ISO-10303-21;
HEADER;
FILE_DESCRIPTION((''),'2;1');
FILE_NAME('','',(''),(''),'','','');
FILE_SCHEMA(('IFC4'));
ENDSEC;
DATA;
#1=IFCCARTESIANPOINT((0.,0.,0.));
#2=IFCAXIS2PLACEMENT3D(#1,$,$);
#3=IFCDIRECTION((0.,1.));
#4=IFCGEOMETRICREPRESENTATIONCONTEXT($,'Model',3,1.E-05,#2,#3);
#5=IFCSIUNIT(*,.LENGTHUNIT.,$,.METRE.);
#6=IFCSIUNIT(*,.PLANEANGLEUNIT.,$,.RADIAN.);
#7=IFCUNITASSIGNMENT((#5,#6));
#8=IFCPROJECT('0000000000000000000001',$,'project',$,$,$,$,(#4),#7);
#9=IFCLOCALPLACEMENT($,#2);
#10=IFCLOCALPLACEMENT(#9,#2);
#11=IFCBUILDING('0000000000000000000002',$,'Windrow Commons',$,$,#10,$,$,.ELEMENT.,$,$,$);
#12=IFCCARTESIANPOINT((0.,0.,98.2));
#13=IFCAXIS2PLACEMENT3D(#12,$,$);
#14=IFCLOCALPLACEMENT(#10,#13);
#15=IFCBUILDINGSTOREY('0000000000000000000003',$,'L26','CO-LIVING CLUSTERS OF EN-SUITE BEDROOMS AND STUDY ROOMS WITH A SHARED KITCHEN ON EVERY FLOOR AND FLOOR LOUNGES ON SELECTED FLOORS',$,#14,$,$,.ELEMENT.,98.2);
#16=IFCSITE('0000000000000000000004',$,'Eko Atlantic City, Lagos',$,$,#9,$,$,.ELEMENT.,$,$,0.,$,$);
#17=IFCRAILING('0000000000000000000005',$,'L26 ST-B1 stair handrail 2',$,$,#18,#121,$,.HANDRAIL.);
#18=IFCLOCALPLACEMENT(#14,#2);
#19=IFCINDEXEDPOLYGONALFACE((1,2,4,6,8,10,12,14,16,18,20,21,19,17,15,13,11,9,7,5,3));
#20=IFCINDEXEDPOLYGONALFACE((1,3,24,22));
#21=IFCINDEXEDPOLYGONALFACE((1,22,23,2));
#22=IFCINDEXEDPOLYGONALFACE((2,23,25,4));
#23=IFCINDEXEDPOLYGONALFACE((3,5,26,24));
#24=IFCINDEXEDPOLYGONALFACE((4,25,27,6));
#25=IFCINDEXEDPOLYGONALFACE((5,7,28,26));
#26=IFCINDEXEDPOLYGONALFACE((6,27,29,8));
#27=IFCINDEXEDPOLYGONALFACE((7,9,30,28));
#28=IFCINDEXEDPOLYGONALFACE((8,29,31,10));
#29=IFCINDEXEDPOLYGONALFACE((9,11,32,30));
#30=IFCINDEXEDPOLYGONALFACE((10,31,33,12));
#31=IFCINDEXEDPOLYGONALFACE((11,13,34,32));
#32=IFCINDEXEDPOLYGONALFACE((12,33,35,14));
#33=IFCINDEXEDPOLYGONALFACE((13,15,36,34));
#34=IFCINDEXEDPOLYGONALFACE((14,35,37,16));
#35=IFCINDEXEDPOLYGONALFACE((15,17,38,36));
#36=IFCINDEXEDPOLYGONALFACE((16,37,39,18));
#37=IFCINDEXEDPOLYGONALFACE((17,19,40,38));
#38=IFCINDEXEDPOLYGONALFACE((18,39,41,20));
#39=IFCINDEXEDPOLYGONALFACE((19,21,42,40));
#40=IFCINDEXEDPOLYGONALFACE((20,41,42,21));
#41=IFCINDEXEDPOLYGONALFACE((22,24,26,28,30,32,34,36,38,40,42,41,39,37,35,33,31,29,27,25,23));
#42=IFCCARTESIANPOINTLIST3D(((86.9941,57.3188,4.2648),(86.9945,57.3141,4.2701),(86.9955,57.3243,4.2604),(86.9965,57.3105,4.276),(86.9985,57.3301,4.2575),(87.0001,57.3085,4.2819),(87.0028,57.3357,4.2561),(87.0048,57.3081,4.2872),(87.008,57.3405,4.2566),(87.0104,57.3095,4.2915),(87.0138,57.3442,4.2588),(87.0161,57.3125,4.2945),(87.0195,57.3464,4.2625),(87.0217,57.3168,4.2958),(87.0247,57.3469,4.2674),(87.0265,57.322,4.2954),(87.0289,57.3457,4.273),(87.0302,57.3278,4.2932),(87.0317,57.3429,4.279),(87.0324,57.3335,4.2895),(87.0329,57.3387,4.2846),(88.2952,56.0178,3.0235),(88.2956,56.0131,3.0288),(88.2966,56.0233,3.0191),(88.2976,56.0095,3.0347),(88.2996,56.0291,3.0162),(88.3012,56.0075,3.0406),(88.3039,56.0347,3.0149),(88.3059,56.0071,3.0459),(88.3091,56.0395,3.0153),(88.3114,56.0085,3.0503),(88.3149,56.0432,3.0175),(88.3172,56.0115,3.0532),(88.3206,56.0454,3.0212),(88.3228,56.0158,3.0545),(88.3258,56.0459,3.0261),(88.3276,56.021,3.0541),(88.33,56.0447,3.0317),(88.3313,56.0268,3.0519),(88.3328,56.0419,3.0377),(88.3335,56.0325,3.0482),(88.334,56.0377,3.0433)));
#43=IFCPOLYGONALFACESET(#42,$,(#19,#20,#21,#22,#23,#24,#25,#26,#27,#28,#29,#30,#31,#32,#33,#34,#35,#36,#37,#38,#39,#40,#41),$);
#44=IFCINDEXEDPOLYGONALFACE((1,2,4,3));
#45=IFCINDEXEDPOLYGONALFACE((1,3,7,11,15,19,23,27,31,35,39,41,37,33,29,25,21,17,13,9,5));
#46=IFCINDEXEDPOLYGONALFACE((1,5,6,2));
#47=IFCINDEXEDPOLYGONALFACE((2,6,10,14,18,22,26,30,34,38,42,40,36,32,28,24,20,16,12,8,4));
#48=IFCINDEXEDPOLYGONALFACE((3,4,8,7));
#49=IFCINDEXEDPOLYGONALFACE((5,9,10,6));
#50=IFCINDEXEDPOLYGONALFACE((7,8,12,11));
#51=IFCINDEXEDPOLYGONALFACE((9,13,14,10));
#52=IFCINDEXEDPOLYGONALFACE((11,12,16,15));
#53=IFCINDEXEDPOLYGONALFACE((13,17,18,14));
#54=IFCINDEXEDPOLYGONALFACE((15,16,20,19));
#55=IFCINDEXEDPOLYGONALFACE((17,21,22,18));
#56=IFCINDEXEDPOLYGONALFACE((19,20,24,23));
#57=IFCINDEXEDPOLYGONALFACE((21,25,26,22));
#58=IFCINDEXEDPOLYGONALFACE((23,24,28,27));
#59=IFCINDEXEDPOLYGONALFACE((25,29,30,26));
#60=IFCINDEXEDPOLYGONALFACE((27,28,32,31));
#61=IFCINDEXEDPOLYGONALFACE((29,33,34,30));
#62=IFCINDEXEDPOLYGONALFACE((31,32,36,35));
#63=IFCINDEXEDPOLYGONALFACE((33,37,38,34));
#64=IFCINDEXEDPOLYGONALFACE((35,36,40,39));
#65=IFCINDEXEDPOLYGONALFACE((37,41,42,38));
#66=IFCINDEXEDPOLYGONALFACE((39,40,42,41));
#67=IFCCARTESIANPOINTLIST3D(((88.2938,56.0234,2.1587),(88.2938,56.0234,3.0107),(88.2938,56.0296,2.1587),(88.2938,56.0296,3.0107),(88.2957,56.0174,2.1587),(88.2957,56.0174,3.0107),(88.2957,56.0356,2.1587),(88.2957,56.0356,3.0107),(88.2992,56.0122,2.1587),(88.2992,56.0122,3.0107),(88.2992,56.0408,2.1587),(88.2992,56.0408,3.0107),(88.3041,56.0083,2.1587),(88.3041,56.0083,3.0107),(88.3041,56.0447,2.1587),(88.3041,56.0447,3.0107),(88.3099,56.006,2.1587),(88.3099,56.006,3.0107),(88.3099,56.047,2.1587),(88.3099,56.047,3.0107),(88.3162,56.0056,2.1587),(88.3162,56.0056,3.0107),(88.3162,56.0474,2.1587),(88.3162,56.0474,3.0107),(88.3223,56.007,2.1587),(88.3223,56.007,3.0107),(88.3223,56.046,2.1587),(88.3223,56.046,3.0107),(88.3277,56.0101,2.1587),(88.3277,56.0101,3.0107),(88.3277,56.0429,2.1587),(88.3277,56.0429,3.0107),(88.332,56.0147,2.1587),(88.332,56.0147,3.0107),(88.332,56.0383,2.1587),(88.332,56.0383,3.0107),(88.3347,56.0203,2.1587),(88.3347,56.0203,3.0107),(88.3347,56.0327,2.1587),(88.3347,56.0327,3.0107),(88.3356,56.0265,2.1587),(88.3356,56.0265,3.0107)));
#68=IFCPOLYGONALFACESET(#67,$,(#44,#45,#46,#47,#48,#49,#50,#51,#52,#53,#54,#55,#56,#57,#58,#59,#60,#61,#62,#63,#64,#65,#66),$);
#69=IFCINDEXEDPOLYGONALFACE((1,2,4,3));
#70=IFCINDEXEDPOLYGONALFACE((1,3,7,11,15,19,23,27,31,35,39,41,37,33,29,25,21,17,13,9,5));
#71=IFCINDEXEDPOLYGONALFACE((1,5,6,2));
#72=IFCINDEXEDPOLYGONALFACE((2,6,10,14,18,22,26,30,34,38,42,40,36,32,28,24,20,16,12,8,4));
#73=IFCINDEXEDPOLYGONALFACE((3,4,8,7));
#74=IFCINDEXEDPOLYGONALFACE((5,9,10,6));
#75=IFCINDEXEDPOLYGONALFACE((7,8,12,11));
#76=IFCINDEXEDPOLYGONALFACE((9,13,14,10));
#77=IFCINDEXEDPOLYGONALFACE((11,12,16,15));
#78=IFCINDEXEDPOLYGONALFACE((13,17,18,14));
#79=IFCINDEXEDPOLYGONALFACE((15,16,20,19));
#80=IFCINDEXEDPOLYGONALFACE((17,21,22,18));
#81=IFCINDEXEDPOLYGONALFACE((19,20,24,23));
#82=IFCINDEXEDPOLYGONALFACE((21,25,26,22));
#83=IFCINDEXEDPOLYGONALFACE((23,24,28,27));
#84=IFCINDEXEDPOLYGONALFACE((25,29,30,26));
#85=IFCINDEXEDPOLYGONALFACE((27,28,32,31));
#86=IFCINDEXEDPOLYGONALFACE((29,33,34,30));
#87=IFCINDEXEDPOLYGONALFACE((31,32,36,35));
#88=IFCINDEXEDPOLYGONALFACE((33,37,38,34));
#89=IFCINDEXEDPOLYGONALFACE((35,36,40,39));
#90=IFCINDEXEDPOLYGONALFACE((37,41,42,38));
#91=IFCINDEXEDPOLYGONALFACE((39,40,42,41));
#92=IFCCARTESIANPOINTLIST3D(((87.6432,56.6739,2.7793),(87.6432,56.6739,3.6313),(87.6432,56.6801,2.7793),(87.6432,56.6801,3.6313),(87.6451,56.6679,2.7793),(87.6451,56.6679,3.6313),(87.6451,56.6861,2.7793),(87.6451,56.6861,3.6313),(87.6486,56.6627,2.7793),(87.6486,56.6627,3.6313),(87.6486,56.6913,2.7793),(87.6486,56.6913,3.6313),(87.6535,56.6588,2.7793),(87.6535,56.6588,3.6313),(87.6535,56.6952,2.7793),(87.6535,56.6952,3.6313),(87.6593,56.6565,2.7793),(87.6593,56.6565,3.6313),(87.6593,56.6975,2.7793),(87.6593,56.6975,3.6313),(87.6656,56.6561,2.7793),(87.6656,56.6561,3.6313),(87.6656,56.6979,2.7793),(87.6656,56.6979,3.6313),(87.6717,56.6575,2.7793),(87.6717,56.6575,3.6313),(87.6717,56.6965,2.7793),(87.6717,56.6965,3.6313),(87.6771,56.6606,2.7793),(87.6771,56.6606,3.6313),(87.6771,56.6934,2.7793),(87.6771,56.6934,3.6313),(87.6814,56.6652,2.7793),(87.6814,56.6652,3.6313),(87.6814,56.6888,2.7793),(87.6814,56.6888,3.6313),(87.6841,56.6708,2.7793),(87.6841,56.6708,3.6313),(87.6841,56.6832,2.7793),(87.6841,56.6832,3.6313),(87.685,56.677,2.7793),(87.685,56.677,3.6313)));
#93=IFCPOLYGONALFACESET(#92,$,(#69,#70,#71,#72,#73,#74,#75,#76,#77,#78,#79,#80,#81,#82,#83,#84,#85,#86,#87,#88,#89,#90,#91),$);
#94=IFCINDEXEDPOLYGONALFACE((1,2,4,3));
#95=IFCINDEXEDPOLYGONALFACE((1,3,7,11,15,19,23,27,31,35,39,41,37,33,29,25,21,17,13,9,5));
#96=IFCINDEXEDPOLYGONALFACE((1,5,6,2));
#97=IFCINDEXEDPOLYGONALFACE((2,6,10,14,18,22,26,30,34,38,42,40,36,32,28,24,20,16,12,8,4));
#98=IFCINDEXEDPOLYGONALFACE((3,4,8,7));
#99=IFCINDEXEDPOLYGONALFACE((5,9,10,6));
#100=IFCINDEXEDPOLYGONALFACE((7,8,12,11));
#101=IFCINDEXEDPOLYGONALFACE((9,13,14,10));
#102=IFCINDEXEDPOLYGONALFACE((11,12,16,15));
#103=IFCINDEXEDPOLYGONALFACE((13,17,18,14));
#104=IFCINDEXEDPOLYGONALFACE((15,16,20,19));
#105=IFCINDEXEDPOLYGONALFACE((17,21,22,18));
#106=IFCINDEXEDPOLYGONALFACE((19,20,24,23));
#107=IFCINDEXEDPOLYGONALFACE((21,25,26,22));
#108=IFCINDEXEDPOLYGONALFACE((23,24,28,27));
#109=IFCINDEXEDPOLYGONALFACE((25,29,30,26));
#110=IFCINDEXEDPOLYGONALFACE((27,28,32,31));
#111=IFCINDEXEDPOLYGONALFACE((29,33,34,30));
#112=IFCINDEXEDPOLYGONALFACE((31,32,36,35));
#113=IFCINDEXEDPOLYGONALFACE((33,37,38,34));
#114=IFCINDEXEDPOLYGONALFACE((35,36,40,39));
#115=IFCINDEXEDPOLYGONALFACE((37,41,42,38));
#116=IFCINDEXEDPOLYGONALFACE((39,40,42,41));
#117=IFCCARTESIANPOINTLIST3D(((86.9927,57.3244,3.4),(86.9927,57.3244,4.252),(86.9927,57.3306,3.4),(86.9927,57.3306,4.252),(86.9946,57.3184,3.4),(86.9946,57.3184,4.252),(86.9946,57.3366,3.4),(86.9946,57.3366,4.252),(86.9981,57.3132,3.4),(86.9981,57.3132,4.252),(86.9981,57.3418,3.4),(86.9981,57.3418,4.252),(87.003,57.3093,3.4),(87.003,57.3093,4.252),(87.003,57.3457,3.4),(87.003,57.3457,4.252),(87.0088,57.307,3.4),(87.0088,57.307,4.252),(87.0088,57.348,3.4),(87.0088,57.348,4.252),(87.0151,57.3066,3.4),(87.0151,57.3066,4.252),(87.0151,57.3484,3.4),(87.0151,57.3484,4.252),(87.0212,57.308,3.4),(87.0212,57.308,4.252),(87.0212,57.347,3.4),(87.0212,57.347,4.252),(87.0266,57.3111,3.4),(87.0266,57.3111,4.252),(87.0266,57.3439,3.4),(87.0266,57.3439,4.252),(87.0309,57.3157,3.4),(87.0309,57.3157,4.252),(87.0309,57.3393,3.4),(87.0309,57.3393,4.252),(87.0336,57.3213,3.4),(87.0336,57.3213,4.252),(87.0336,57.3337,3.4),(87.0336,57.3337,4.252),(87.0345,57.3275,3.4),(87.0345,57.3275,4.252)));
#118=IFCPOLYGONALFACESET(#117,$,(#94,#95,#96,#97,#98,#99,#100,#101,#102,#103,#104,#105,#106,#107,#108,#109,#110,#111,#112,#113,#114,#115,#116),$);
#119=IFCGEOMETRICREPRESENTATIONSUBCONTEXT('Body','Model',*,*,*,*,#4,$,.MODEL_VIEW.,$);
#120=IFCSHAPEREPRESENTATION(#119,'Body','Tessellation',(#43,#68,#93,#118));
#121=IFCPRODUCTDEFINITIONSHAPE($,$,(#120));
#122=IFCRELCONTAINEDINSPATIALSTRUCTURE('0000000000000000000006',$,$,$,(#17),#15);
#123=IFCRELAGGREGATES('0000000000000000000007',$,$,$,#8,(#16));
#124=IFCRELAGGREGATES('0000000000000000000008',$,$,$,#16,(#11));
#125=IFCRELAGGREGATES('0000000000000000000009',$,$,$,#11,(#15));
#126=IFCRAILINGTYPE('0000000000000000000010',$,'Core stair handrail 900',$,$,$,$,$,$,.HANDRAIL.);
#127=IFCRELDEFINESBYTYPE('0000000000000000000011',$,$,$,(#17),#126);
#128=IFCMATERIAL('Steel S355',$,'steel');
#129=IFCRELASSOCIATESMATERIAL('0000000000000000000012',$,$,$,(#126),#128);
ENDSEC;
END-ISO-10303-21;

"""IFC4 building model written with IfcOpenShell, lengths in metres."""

from ifc_helpers import new_model, si_unit, direction, frame, origin, origin_2d, place, context, subcontext, project, spatial, circle, extrude, material, type_object, element, save


model = new_model("IFC4")

# Units and contexts
model_context = context("Model", 3, precision=1e-05, world=origin(), true_north=direction((0.0, 1.0)))
body_context = subcontext(model_context, "Body", "Model", "MODEL_VIEW")
ifc_project = project(units=[si_unit("LENGTHUNIT", "METRE"), si_unit("PLANEANGLEUNIT", "RADIAN")], contexts=[model_context])

# Site, building, storey
site_placement = place(None, origin())
site = spatial("IfcSite", under=ifc_project, at=site_placement, Name="Eko Atlantic City, Lagos", CompositionType="ELEMENT", RefElevation=0.0)
building_placement = place(site_placement, origin())
building = spatial("IfcBuilding", under=site, at=building_placement, Name="Windrow Commons", CompositionType="ELEMENT")
storey_placement = place(building_placement, frame((0.0, 0.0, 98.2)))
storey = spatial("IfcBuildingStorey", under=building, at=storey_placement, Name="L26", Description="CO-LIVING CLUSTERS OF EN-SUITE BEDROOMS AND STUDY ROOMS WITH A SHARED KITCHEN ON EVERY FLOOR AND FLOOR LOUNGES ON SELECTED FLOORS", CompositionType="ELEMENT", Elevation=98.2)

# Railing
ifc_material_1 = material(Name="Steel S355", Category="steel")
railing_type_1 = type_object("IfcRailingType", Name="Core stair handrail 900", PredefinedType="HANDRAIL", material=ifc_material_1)
railing_1_placement = place(storey_placement, frame((88.3146, 56.0265, 2.1587)))
element("IfcRailing", 1, at=railing_1_placement, inside=storey, type_object=railing_type_1, Name="L26 ST-B1 stair handrail 2", PredefinedType="HANDRAIL", context=body_context, shape_type="SweptSolid", body=[
    extrude(circle(Radius=0.024, at=origin_2d()), frame((0.0, 0.0, 0.876), z_axis=(-0.586207, 0.586162, 0.559264), x_axis=(-0.70708, -0.707134, 0.0)), (0.0, 0.0, 1.0), 2.2195),
    extrude(circle(Radius=0.021, at=origin_2d()), origin(), (0.0, 0.0, 1.0), 0.852),
    extrude(circle(Radius=0.021, at=origin_2d()), frame((-0.6506, 0.6505, 0.6206)), (0.0, 0.0, 1.0), 0.852),
    extrude(circle(Radius=0.021, at=origin_2d()), frame((-1.3011, 1.301, 1.2413)), (0.0, 0.0, 1.0), 0.852),
])

save(model, "model.ifc")
